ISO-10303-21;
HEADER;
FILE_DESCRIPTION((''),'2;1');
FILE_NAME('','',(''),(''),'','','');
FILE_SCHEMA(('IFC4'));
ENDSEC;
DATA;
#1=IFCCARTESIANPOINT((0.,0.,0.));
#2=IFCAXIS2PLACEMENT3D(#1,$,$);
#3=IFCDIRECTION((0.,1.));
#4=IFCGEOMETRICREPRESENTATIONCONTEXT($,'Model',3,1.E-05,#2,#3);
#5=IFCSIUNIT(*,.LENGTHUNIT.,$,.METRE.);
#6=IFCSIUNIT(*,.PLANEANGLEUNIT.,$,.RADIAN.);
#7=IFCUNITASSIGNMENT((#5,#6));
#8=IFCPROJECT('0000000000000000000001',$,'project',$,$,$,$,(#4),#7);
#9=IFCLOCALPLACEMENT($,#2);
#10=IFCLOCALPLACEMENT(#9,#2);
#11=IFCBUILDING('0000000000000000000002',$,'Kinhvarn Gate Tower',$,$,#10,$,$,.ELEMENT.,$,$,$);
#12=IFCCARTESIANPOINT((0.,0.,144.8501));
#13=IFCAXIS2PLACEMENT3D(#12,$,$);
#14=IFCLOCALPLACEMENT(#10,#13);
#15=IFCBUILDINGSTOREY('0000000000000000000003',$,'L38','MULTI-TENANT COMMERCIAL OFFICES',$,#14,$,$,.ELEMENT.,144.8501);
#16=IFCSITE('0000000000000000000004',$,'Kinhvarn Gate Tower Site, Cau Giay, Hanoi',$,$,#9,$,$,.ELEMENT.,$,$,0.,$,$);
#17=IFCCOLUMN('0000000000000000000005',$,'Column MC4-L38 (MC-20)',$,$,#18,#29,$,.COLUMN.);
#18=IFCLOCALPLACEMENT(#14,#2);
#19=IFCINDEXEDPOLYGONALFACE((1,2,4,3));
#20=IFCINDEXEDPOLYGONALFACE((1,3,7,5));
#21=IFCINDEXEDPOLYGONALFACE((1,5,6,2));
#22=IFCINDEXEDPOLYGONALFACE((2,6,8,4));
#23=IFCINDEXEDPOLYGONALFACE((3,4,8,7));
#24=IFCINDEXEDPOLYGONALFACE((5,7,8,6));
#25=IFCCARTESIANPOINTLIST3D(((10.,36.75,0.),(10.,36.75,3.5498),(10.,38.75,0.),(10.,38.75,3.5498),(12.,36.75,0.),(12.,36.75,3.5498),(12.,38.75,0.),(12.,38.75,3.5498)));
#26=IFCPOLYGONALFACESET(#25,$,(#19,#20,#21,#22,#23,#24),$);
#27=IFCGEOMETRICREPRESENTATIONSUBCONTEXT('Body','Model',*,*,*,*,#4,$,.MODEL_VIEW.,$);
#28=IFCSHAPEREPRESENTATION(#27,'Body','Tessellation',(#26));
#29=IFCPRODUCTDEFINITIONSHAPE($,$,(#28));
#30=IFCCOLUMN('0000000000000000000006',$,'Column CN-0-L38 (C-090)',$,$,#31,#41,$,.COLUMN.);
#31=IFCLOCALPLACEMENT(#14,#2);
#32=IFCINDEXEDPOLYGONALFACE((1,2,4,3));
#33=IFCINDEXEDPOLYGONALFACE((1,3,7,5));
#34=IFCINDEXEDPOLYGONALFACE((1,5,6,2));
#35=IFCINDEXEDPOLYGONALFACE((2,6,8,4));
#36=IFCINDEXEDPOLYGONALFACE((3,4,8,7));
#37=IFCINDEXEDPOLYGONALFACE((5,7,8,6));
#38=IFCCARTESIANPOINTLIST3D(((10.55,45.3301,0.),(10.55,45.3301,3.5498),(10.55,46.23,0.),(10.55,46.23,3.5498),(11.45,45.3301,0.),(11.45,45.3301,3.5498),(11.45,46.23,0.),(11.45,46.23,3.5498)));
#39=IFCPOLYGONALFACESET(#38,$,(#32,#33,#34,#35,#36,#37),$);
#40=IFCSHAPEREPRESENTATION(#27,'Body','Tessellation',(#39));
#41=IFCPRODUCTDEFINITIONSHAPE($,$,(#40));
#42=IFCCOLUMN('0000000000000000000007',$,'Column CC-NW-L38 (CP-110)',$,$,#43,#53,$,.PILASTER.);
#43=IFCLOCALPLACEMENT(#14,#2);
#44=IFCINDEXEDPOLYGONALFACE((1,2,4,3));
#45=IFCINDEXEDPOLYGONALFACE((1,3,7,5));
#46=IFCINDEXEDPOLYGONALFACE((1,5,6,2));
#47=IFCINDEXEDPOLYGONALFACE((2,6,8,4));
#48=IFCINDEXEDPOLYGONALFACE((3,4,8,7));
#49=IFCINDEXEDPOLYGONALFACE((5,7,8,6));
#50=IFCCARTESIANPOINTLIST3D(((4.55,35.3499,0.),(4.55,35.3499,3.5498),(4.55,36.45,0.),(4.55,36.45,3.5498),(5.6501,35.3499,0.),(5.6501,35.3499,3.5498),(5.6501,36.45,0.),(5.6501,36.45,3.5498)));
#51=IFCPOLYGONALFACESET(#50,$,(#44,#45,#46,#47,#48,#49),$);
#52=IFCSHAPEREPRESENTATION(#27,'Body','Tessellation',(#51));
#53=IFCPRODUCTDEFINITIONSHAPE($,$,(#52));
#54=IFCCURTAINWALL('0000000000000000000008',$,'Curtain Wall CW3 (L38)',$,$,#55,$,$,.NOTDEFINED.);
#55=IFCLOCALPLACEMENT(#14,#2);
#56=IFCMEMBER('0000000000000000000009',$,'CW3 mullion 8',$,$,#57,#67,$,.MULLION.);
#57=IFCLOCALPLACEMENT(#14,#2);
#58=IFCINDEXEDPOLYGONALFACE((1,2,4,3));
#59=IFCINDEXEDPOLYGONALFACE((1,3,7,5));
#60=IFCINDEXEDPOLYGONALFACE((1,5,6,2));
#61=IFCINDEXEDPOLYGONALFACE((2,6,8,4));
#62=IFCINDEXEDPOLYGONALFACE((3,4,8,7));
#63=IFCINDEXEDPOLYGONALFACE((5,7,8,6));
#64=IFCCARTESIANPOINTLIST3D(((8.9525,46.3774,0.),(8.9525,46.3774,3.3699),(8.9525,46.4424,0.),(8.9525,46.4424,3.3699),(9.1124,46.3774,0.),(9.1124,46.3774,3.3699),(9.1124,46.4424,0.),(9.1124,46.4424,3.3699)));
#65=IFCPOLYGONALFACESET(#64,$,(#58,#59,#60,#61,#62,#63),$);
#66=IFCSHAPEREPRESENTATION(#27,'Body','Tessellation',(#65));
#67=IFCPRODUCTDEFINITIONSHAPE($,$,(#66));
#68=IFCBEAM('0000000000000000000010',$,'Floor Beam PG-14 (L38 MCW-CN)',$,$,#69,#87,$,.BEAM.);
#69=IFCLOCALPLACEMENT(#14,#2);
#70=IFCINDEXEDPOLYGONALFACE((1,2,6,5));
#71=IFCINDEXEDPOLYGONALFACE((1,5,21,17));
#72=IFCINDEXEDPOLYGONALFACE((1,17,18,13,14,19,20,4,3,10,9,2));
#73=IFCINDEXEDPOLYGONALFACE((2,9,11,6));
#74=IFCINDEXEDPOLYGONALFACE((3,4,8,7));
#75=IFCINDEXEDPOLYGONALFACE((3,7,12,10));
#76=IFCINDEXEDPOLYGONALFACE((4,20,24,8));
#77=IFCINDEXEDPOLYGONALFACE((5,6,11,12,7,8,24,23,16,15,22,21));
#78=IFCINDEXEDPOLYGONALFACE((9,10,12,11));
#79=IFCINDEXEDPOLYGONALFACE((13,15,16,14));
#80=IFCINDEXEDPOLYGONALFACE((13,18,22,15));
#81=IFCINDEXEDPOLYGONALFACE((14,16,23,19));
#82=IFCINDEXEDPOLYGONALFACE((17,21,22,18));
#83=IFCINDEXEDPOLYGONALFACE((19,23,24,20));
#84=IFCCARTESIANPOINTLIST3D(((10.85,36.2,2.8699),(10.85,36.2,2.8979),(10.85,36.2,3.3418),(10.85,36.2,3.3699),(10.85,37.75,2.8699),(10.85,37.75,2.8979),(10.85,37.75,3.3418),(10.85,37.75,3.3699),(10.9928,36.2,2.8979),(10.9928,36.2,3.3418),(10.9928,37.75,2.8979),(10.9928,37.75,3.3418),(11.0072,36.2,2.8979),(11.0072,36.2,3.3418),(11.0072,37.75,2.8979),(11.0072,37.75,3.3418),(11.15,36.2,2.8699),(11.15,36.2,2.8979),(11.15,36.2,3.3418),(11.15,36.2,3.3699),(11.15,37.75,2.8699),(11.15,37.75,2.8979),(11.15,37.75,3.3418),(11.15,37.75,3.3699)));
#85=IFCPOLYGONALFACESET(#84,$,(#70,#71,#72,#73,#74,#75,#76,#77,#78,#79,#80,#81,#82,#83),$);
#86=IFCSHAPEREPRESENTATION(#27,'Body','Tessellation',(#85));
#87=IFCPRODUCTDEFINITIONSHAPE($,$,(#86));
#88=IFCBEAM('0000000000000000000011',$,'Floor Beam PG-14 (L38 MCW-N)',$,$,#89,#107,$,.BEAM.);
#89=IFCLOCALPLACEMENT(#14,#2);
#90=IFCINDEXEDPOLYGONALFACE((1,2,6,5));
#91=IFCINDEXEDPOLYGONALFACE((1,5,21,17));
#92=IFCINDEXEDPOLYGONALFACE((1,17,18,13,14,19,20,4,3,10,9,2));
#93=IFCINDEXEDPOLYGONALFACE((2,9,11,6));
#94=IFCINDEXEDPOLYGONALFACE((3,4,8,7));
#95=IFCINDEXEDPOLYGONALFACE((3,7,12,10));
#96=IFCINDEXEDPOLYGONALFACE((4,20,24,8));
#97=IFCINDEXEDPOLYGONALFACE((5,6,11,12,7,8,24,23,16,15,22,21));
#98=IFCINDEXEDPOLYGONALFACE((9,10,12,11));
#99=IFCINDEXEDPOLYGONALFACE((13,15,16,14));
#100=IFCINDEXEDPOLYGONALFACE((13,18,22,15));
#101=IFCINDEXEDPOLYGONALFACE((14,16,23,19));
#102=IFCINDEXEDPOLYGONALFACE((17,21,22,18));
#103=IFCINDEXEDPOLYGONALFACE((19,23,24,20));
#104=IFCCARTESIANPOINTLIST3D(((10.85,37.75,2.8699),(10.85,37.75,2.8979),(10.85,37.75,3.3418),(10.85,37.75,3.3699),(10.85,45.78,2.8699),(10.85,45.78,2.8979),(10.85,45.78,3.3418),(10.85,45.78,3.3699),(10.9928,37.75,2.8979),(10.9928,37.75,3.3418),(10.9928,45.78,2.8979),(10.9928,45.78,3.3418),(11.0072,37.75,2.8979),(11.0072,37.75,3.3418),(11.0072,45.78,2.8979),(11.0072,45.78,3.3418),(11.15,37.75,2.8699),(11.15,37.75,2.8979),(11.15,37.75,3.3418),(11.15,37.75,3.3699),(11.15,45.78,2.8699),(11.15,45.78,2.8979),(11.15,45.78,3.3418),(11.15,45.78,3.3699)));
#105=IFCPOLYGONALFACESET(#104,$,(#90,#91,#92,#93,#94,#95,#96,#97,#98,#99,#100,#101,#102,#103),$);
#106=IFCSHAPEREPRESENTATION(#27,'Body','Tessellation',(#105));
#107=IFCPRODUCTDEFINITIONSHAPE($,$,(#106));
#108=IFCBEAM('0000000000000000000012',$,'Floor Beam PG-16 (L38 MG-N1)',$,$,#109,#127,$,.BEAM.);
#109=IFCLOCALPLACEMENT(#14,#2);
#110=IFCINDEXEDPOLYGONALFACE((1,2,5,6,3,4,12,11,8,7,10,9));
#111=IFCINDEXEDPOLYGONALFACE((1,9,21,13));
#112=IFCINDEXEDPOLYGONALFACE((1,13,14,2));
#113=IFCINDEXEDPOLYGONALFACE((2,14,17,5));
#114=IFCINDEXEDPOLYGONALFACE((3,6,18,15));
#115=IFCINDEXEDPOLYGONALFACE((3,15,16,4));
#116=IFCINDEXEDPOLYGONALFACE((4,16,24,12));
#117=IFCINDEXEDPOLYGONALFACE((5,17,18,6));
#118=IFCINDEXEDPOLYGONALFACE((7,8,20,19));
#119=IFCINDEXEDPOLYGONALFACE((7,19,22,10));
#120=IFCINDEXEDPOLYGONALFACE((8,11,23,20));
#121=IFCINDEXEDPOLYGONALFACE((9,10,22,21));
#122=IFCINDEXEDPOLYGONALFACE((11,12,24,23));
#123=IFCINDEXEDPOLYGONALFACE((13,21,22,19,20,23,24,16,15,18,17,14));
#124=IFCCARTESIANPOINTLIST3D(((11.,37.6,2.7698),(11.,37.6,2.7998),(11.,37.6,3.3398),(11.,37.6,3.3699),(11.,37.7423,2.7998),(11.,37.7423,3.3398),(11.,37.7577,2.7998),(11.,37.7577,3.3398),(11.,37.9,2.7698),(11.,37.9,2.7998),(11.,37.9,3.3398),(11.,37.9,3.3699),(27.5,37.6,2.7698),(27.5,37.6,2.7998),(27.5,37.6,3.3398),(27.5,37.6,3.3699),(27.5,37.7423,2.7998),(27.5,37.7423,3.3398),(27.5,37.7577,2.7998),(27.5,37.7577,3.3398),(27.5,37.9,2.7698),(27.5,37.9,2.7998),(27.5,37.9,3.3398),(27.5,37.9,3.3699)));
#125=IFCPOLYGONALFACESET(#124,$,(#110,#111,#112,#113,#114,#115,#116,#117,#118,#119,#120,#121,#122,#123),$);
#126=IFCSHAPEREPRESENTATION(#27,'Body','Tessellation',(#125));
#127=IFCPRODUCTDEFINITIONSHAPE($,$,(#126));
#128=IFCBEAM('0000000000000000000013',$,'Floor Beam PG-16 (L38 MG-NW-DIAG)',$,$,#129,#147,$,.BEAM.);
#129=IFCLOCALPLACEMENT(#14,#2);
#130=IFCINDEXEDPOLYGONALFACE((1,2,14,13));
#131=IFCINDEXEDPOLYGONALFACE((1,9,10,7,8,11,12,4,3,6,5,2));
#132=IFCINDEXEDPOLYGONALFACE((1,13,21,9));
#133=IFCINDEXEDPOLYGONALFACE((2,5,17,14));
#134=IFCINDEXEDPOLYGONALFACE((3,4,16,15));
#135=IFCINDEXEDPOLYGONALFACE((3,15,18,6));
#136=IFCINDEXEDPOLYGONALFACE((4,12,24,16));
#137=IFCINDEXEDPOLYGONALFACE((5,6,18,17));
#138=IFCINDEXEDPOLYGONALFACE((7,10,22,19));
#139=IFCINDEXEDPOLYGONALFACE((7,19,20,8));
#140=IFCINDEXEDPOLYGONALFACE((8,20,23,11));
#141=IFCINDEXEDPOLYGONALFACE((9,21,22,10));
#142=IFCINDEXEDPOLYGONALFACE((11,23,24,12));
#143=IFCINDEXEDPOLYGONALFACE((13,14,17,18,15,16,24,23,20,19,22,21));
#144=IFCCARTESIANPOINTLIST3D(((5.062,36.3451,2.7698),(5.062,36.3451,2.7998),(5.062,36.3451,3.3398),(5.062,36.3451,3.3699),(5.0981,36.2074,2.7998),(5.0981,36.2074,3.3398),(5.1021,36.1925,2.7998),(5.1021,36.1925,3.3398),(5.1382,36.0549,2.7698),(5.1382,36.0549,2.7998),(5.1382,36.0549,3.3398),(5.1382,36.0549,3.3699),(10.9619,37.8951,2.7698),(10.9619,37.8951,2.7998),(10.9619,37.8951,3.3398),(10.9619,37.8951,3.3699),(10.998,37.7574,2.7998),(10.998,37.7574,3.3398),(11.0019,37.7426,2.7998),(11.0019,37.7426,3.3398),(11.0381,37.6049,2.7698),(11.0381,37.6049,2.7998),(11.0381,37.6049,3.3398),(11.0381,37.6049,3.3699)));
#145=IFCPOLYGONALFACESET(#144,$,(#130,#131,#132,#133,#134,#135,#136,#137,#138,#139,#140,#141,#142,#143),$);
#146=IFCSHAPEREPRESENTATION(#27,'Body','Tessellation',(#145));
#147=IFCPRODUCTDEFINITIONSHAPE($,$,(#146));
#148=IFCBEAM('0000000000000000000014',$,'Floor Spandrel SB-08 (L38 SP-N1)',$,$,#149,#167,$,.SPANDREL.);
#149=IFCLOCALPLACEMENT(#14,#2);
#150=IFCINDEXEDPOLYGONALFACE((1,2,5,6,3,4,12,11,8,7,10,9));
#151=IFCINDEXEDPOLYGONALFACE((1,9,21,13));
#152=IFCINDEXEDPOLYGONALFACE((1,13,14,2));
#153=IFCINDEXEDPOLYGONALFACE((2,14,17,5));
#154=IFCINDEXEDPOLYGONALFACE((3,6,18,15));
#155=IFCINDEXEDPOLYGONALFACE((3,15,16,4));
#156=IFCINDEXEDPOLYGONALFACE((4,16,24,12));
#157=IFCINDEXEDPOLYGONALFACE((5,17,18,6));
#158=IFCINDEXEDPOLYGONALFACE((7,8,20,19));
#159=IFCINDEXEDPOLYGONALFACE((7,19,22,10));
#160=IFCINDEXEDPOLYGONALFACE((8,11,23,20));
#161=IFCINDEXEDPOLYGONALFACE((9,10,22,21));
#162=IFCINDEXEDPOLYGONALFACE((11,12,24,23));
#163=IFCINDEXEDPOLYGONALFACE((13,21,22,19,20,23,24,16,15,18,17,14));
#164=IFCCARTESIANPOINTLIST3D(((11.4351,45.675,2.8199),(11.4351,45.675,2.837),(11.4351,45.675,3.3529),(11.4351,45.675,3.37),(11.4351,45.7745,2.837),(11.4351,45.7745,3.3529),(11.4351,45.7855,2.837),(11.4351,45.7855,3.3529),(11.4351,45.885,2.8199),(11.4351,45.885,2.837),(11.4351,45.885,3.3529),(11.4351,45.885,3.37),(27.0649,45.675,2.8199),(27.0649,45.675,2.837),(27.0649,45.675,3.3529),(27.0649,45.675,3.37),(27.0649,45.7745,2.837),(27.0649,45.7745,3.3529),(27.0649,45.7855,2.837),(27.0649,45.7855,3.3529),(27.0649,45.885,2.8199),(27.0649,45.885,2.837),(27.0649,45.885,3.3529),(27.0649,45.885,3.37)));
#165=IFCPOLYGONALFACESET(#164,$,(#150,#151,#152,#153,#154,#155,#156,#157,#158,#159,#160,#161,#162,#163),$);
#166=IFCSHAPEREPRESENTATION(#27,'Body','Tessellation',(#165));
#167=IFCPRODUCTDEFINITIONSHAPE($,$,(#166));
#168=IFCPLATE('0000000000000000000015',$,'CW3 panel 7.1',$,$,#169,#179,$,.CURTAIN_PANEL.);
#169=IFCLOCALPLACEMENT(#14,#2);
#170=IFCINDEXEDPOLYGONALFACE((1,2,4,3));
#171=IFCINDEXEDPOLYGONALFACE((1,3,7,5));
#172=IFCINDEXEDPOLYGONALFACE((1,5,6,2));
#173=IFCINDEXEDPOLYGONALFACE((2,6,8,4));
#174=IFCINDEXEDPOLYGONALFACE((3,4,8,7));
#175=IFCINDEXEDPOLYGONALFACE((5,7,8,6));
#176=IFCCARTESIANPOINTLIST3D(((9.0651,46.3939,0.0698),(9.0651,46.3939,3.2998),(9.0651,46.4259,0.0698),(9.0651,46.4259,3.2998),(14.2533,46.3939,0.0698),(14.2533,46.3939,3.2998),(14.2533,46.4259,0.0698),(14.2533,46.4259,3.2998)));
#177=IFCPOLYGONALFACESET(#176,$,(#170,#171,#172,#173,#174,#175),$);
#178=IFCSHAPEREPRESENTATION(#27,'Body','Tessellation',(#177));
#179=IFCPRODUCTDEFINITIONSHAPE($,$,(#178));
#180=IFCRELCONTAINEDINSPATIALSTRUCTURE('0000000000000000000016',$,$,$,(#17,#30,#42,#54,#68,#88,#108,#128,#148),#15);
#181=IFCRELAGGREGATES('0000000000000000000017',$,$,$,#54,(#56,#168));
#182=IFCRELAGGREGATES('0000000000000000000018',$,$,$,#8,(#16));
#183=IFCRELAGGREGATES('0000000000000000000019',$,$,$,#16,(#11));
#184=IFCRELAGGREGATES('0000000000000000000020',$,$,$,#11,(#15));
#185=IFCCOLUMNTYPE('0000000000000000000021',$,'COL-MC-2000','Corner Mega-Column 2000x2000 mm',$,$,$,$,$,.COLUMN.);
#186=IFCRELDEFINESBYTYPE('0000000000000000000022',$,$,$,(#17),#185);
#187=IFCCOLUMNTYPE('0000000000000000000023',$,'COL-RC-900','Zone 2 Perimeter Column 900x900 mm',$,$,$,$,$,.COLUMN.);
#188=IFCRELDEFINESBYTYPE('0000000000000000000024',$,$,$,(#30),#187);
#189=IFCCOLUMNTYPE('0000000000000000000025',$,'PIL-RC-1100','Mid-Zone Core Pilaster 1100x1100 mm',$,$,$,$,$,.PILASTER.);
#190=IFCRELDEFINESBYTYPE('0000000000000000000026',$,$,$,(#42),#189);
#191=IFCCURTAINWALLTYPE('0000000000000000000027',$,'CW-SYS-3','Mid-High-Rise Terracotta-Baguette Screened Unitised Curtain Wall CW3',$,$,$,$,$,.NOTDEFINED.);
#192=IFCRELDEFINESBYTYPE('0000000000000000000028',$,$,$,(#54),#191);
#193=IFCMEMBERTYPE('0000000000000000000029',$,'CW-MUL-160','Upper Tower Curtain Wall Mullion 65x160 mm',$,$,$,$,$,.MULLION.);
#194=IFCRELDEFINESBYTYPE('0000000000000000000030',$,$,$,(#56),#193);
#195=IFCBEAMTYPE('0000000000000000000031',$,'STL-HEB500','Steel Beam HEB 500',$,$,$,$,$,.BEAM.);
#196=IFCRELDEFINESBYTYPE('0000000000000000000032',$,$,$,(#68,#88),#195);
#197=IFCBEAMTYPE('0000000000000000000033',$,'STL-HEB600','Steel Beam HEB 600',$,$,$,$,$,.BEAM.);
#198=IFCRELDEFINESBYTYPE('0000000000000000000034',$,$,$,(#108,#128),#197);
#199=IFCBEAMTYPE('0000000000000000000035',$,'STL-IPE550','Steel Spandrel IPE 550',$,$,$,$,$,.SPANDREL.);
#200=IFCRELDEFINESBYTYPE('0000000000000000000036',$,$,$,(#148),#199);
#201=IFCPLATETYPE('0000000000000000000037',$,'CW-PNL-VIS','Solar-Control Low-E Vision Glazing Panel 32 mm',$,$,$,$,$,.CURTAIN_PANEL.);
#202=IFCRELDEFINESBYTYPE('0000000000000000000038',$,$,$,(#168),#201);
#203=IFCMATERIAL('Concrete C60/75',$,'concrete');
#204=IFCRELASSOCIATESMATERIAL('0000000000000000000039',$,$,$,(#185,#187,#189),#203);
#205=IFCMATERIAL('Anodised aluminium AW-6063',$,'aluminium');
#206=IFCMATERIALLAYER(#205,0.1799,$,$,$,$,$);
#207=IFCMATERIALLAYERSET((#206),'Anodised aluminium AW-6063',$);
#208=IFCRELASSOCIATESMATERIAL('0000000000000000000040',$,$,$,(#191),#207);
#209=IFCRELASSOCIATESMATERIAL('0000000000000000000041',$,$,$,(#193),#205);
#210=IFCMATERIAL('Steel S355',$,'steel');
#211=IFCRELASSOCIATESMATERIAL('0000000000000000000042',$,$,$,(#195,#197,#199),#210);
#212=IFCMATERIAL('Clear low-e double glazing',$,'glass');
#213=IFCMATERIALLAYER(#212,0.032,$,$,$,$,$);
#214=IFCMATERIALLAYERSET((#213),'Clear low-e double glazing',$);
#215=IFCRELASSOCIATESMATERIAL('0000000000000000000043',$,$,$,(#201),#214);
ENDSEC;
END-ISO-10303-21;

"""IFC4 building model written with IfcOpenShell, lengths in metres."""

from ifc_helpers import new_model, si_unit, direction, frame, origin, origin_2d, place, context, subcontext, project, spatial, rectangle, i_section, extrude, material, layer, layer_set, material_profile, profile_set, type_object, element, aggregate, save


model = new_model("IFC4")

# Units and contexts
model_context = context("Model", 3, precision=1e-05, world=origin(), true_north=direction((0.0, 1.0)))
body_context = subcontext(model_context, "Body", "Model", "MODEL_VIEW")
ifc_project = project(units=[si_unit("LENGTHUNIT", "METRE"), si_unit("PLANEANGLEUNIT", "RADIAN")], contexts=[model_context])

# Site, building, storey
site_placement = place(None, origin())
site = spatial("IfcSite", under=ifc_project, at=site_placement, Name="Kinhvarn Gate Tower Site, Cau Giay, Hanoi", CompositionType="ELEMENT", RefElevation=0.0)
building_placement = place(site_placement, origin())
building = spatial("IfcBuilding", under=site, at=building_placement, Name="Kinhvarn Gate Tower", CompositionType="ELEMENT")
storey_placement = place(building_placement, frame((0.0, 0.0, 144.8501)))
storey = spatial("IfcBuildingStorey", under=building, at=storey_placement, Name="L38", Description="MULTI-TENANT COMMERCIAL OFFICES", CompositionType="ELEMENT", Elevation=144.8501)

# Columns
ifc_material_1 = material(Name="Concrete C60/75", Category="concrete")
ifc_material_profile_1 = material_profile(ifc_material_1, rectangle(XDim=2.0, YDim=2.0, at=origin_2d()), Name="RC 2000x2000")
ifc_profile_set_1 = profile_set([ifc_material_profile_1], Name="Concrete C60/75")
column_type_1 = type_object("IfcColumnType", Name="COL-MC-2000", Description="Corner Mega-Column 2000x2000 mm", PredefinedType="COLUMN", material=ifc_profile_set_1)
column_1_placement = place(storey_placement, frame((11.0, 37.75, 0.0), z_axis=(0.0, 0.0, 1.0), x_axis=(1.0, 0.0, 0.0)))
element("IfcColumn", 1, at=column_1_placement, inside=storey, type_object=column_type_1, Name="Column MC4-L38 (MC-20)", PredefinedType="COLUMN", context=body_context, shape_type="SweptSolid", body=[
    extrude(rectangle(XDim=2.0, YDim=2.0, at=origin_2d()), origin(), (0.0, 0.0, 1.0), 3.5498),
])
ifc_material_profile_2 = material_profile(ifc_material_1, rectangle(XDim=0.8999, YDim=0.8999, at=origin_2d()), Name="RC 900x900")
ifc_profile_set_2 = profile_set([ifc_material_profile_2], Name="Concrete C60/75")
column_type_2 = type_object("IfcColumnType", Name="COL-RC-900", Description="Zone 2 Perimeter Column 900x900 mm", PredefinedType="COLUMN", material=ifc_profile_set_2)
column_2_placement = place(storey_placement, frame((11.0, 45.78, 0.0), z_axis=(0.0, 0.0, 1.0), x_axis=(1.0, 0.0, 0.0)))
element("IfcColumn", 2, at=column_2_placement, inside=storey, type_object=column_type_2, Name="Column CN-0-L38 (C-090)", PredefinedType="COLUMN", context=body_context, shape_type="SweptSolid", body=[
    extrude(rectangle(XDim=0.8999, YDim=0.8999, at=origin_2d()), origin(), (0.0, 0.0, 1.0), 3.5498),
])
ifc_material_profile_3 = material_profile(ifc_material_1, rectangle(XDim=1.1001, YDim=1.1001, at=origin_2d()), Name="RC 1100x1100")
ifc_profile_set_3 = profile_set([ifc_material_profile_3], Name="Concrete C60/75")
column_type_3 = type_object("IfcColumnType", Name="PIL-RC-1100", Description="Mid-Zone Core Pilaster 1100x1100 mm", PredefinedType="PILASTER", material=ifc_profile_set_3)
column_3_placement = place(storey_placement, frame((5.1001, 35.8999, 0.0), z_axis=(0.0, 0.0, 1.0), x_axis=(1.0, 0.0, 0.0)))
element("IfcColumn", 3, at=column_3_placement, inside=storey, type_object=column_type_3, Name="Column CC-NW-L38 (CP-110)", PredefinedType="PILASTER", context=body_context, shape_type="SweptSolid", body=[
    extrude(rectangle(XDim=1.1001, YDim=1.1001, at=origin_2d()), origin(), (0.0, 0.0, 1.0), 3.5498),
])

# Curtain wall, member
ifc_material_2 = material(Name="Anodised aluminium AW-6063", Category="aluminium")
ifc_layer_1 = layer(ifc_material_2, 0.1799)
ifc_layer_set_1 = layer_set([ifc_layer_1], Name="Anodised aluminium AW-6063")
curtain_wall_type = type_object("IfcCurtainWallType", Name="CW-SYS-3", Description="Mid-High-Rise Terracotta-Baguette Screened Unitised Curtain Wall CW3", PredefinedType="NOTDEFINED", material=ifc_layer_set_1)
curtain_wall_placement = place(storey_placement, origin())
curtain_wall = element("IfcCurtainWall", 4, at=curtain_wall_placement, inside=storey, type_object=curtain_wall_type, Name="Curtain Wall CW3 (L38)", PredefinedType="NOTDEFINED")
ifc_material_profile_4 = material_profile(ifc_material_2, rectangle(XDim=0.0649, YDim=0.1599, at=origin_2d()), Name="ALU 65x160")
ifc_profile_set_4 = profile_set([ifc_material_profile_4], Name="Anodised aluminium AW-6063")
member_type = type_object("IfcMemberType", Name="CW-MUL-160", Description="Upper Tower Curtain Wall Mullion 65x160 mm", PredefinedType="MULLION", material=ifc_profile_set_4)
member_placement = place(storey_placement, frame((9.0325, 46.4099, 0.0), z_axis=(0.0, 0.0, 1.0), x_axis=(0.0, -1.0, 0.0)))
member = element("IfcMember", 5, at=member_placement, type_object=member_type, Name="CW3 mullion 8", PredefinedType="MULLION", context=body_context, shape_type="SweptSolid", body=[
    extrude(rectangle(XDim=0.0649, YDim=0.1599, at=origin_2d()), origin(), (0.0, 0.0, 1.0), 3.3699),
])

# Beams
ifc_material_3 = material(Name="Steel S355", Category="steel")
ifc_material_profile_5 = material_profile(ifc_material_3, i_section(OverallWidth=0.3, OverallDepth=0.5, WebThickness=0.0144, FlangeThickness=0.0281, at=origin_2d()), Name="HEB 500")
ifc_profile_set_5 = profile_set([ifc_material_profile_5], Name="Steel S355")
beam_type_1 = type_object("IfcBeamType", Name="STL-HEB500", Description="Steel Beam HEB 500", PredefinedType="BEAM", material=ifc_profile_set_5)
beam_1_placement = place(storey_placement, frame((11.0, 36.2, 3.1199), z_axis=(0.0, 1.0, 0.0), x_axis=(-1.0, 0.0, 0.0)))
element("IfcBeam", 6, at=beam_1_placement, inside=storey, type_object=beam_type_1, Name="Floor Beam PG-14 (L38 MCW-CN)", PredefinedType="BEAM", context=body_context, shape_type="SweptSolid", body=[
    extrude(i_section(OverallWidth=0.3, OverallDepth=0.5, WebThickness=0.0144, FlangeThickness=0.0281, at=origin_2d()), origin(), (0.0, 0.0, 1.0), 1.55),
])
beam_2_placement = place(storey_placement, frame((11.0, 37.75, 3.1199), z_axis=(0.0, 1.0, 0.0), x_axis=(-1.0, 0.0, 0.0)))
element("IfcBeam", 7, at=beam_2_placement, inside=storey, type_object=beam_type_1, Name="Floor Beam PG-14 (L38 MCW-N)", PredefinedType="BEAM", context=body_context, shape_type="SweptSolid", body=[
    extrude(i_section(OverallWidth=0.3, OverallDepth=0.5, WebThickness=0.0144, FlangeThickness=0.0281, at=origin_2d()), origin(), (0.0, 0.0, 1.0), 8.03),
])
ifc_material_profile_6 = material_profile(ifc_material_3, i_section(OverallWidth=0.3, OverallDepth=0.6001, WebThickness=0.0154, FlangeThickness=0.03, at=origin_2d()), Name="HEB 600")
ifc_profile_set_6 = profile_set([ifc_material_profile_6], Name="Steel S355")
beam_type_2 = type_object("IfcBeamType", Name="STL-HEB600", Description="Steel Beam HEB 600", PredefinedType="BEAM", material=ifc_profile_set_6)
beam_3_placement = place(storey_placement, frame((11.0, 37.75, 3.0698), z_axis=(1.0, 0.0, 0.0), x_axis=(0.0, 1.0, 0.0)))
element("IfcBeam", 8, at=beam_3_placement, inside=storey, type_object=beam_type_2, Name="Floor Beam PG-16 (L38 MG-N1)", PredefinedType="BEAM", context=body_context, shape_type="SweptSolid", body=[
    extrude(i_section(OverallWidth=0.3, OverallDepth=0.6001, WebThickness=0.0154, FlangeThickness=0.03, at=origin_2d()), origin(), (0.0, 0.0, 1.0), 16.5),
])
beam_4_placement = place(storey_placement, frame((5.1001, 36.2, 3.0698), z_axis=(0.967178, 0.254101, 0.0), x_axis=(-0.254101, 0.967178, 0.0)))
element("IfcBeam", 9, at=beam_4_placement, inside=storey, type_object=beam_type_2, Name="Floor Beam PG-16 (L38 MG-NW-DIAG)", PredefinedType="BEAM", context=body_context, shape_type="SweptSolid", body=[
    extrude(i_section(OverallWidth=0.3, OverallDepth=0.6001, WebThickness=0.0154, FlangeThickness=0.03, at=origin_2d()), origin(), (0.0, 0.0, 1.0), 6.1001),
])
ifc_material_profile_7 = material_profile(ifc_material_3, i_section(OverallWidth=0.21, OverallDepth=0.55, WebThickness=0.011, FlangeThickness=0.0171, at=origin_2d()), Name="IPE 550")
ifc_profile_set_7 = profile_set([ifc_material_profile_7], Name="Steel S355")
beam_type_3 = type_object("IfcBeamType", Name="STL-IPE550", Description="Steel Spandrel IPE 550", PredefinedType="SPANDREL", material=ifc_profile_set_7)
beam_5_placement = place(storey_placement, frame((11.4351, 45.78, 3.095), z_axis=(1.0, 0.0, 0.0), x_axis=(0.0, 1.0, 0.0)))
element("IfcBeam", 10, at=beam_5_placement, inside=storey, type_object=beam_type_3, Name="Floor Spandrel SB-08 (L38 SP-N1)", PredefinedType="SPANDREL", context=body_context, shape_type="SweptSolid", body=[
    extrude(i_section(OverallWidth=0.21, OverallDepth=0.55, WebThickness=0.011, FlangeThickness=0.0171, at=origin_2d()), origin(), (0.0, 0.0, 1.0), 15.6299),
])

# Plate
ifc_material_4 = material(Name="Clear low-e double glazing", Category="glass")
ifc_layer_2 = layer(ifc_material_4, 0.032)
ifc_layer_set_2 = layer_set([ifc_layer_2], Name="Clear low-e double glazing")
plate_type = type_object("IfcPlateType", Name="CW-PNL-VIS", Description="Solar-Control Low-E Vision Glazing Panel 32 mm", PredefinedType="CURTAIN_PANEL", material=ifc_layer_set_2)
plate_placement = place(storey_placement, frame((11.6592, 46.4099, 0.0698), z_axis=(0.0, 0.0, 1.0), x_axis=(-1.0, 0.0, 0.0)))
plate = element("IfcPlate", 11, at=plate_placement, type_object=plate_type, Name="CW3 panel 7.1", PredefinedType="CURTAIN_PANEL", context=body_context, shape_type="SweptSolid", body=[
    extrude(rectangle(XDim=5.1882, YDim=0.032, at=origin_2d()), origin(), (0.0, 0.0, 1.0), 3.23),
])
aggregate(curtain_wall, [member, plate])

save(model, "model.ifc")
